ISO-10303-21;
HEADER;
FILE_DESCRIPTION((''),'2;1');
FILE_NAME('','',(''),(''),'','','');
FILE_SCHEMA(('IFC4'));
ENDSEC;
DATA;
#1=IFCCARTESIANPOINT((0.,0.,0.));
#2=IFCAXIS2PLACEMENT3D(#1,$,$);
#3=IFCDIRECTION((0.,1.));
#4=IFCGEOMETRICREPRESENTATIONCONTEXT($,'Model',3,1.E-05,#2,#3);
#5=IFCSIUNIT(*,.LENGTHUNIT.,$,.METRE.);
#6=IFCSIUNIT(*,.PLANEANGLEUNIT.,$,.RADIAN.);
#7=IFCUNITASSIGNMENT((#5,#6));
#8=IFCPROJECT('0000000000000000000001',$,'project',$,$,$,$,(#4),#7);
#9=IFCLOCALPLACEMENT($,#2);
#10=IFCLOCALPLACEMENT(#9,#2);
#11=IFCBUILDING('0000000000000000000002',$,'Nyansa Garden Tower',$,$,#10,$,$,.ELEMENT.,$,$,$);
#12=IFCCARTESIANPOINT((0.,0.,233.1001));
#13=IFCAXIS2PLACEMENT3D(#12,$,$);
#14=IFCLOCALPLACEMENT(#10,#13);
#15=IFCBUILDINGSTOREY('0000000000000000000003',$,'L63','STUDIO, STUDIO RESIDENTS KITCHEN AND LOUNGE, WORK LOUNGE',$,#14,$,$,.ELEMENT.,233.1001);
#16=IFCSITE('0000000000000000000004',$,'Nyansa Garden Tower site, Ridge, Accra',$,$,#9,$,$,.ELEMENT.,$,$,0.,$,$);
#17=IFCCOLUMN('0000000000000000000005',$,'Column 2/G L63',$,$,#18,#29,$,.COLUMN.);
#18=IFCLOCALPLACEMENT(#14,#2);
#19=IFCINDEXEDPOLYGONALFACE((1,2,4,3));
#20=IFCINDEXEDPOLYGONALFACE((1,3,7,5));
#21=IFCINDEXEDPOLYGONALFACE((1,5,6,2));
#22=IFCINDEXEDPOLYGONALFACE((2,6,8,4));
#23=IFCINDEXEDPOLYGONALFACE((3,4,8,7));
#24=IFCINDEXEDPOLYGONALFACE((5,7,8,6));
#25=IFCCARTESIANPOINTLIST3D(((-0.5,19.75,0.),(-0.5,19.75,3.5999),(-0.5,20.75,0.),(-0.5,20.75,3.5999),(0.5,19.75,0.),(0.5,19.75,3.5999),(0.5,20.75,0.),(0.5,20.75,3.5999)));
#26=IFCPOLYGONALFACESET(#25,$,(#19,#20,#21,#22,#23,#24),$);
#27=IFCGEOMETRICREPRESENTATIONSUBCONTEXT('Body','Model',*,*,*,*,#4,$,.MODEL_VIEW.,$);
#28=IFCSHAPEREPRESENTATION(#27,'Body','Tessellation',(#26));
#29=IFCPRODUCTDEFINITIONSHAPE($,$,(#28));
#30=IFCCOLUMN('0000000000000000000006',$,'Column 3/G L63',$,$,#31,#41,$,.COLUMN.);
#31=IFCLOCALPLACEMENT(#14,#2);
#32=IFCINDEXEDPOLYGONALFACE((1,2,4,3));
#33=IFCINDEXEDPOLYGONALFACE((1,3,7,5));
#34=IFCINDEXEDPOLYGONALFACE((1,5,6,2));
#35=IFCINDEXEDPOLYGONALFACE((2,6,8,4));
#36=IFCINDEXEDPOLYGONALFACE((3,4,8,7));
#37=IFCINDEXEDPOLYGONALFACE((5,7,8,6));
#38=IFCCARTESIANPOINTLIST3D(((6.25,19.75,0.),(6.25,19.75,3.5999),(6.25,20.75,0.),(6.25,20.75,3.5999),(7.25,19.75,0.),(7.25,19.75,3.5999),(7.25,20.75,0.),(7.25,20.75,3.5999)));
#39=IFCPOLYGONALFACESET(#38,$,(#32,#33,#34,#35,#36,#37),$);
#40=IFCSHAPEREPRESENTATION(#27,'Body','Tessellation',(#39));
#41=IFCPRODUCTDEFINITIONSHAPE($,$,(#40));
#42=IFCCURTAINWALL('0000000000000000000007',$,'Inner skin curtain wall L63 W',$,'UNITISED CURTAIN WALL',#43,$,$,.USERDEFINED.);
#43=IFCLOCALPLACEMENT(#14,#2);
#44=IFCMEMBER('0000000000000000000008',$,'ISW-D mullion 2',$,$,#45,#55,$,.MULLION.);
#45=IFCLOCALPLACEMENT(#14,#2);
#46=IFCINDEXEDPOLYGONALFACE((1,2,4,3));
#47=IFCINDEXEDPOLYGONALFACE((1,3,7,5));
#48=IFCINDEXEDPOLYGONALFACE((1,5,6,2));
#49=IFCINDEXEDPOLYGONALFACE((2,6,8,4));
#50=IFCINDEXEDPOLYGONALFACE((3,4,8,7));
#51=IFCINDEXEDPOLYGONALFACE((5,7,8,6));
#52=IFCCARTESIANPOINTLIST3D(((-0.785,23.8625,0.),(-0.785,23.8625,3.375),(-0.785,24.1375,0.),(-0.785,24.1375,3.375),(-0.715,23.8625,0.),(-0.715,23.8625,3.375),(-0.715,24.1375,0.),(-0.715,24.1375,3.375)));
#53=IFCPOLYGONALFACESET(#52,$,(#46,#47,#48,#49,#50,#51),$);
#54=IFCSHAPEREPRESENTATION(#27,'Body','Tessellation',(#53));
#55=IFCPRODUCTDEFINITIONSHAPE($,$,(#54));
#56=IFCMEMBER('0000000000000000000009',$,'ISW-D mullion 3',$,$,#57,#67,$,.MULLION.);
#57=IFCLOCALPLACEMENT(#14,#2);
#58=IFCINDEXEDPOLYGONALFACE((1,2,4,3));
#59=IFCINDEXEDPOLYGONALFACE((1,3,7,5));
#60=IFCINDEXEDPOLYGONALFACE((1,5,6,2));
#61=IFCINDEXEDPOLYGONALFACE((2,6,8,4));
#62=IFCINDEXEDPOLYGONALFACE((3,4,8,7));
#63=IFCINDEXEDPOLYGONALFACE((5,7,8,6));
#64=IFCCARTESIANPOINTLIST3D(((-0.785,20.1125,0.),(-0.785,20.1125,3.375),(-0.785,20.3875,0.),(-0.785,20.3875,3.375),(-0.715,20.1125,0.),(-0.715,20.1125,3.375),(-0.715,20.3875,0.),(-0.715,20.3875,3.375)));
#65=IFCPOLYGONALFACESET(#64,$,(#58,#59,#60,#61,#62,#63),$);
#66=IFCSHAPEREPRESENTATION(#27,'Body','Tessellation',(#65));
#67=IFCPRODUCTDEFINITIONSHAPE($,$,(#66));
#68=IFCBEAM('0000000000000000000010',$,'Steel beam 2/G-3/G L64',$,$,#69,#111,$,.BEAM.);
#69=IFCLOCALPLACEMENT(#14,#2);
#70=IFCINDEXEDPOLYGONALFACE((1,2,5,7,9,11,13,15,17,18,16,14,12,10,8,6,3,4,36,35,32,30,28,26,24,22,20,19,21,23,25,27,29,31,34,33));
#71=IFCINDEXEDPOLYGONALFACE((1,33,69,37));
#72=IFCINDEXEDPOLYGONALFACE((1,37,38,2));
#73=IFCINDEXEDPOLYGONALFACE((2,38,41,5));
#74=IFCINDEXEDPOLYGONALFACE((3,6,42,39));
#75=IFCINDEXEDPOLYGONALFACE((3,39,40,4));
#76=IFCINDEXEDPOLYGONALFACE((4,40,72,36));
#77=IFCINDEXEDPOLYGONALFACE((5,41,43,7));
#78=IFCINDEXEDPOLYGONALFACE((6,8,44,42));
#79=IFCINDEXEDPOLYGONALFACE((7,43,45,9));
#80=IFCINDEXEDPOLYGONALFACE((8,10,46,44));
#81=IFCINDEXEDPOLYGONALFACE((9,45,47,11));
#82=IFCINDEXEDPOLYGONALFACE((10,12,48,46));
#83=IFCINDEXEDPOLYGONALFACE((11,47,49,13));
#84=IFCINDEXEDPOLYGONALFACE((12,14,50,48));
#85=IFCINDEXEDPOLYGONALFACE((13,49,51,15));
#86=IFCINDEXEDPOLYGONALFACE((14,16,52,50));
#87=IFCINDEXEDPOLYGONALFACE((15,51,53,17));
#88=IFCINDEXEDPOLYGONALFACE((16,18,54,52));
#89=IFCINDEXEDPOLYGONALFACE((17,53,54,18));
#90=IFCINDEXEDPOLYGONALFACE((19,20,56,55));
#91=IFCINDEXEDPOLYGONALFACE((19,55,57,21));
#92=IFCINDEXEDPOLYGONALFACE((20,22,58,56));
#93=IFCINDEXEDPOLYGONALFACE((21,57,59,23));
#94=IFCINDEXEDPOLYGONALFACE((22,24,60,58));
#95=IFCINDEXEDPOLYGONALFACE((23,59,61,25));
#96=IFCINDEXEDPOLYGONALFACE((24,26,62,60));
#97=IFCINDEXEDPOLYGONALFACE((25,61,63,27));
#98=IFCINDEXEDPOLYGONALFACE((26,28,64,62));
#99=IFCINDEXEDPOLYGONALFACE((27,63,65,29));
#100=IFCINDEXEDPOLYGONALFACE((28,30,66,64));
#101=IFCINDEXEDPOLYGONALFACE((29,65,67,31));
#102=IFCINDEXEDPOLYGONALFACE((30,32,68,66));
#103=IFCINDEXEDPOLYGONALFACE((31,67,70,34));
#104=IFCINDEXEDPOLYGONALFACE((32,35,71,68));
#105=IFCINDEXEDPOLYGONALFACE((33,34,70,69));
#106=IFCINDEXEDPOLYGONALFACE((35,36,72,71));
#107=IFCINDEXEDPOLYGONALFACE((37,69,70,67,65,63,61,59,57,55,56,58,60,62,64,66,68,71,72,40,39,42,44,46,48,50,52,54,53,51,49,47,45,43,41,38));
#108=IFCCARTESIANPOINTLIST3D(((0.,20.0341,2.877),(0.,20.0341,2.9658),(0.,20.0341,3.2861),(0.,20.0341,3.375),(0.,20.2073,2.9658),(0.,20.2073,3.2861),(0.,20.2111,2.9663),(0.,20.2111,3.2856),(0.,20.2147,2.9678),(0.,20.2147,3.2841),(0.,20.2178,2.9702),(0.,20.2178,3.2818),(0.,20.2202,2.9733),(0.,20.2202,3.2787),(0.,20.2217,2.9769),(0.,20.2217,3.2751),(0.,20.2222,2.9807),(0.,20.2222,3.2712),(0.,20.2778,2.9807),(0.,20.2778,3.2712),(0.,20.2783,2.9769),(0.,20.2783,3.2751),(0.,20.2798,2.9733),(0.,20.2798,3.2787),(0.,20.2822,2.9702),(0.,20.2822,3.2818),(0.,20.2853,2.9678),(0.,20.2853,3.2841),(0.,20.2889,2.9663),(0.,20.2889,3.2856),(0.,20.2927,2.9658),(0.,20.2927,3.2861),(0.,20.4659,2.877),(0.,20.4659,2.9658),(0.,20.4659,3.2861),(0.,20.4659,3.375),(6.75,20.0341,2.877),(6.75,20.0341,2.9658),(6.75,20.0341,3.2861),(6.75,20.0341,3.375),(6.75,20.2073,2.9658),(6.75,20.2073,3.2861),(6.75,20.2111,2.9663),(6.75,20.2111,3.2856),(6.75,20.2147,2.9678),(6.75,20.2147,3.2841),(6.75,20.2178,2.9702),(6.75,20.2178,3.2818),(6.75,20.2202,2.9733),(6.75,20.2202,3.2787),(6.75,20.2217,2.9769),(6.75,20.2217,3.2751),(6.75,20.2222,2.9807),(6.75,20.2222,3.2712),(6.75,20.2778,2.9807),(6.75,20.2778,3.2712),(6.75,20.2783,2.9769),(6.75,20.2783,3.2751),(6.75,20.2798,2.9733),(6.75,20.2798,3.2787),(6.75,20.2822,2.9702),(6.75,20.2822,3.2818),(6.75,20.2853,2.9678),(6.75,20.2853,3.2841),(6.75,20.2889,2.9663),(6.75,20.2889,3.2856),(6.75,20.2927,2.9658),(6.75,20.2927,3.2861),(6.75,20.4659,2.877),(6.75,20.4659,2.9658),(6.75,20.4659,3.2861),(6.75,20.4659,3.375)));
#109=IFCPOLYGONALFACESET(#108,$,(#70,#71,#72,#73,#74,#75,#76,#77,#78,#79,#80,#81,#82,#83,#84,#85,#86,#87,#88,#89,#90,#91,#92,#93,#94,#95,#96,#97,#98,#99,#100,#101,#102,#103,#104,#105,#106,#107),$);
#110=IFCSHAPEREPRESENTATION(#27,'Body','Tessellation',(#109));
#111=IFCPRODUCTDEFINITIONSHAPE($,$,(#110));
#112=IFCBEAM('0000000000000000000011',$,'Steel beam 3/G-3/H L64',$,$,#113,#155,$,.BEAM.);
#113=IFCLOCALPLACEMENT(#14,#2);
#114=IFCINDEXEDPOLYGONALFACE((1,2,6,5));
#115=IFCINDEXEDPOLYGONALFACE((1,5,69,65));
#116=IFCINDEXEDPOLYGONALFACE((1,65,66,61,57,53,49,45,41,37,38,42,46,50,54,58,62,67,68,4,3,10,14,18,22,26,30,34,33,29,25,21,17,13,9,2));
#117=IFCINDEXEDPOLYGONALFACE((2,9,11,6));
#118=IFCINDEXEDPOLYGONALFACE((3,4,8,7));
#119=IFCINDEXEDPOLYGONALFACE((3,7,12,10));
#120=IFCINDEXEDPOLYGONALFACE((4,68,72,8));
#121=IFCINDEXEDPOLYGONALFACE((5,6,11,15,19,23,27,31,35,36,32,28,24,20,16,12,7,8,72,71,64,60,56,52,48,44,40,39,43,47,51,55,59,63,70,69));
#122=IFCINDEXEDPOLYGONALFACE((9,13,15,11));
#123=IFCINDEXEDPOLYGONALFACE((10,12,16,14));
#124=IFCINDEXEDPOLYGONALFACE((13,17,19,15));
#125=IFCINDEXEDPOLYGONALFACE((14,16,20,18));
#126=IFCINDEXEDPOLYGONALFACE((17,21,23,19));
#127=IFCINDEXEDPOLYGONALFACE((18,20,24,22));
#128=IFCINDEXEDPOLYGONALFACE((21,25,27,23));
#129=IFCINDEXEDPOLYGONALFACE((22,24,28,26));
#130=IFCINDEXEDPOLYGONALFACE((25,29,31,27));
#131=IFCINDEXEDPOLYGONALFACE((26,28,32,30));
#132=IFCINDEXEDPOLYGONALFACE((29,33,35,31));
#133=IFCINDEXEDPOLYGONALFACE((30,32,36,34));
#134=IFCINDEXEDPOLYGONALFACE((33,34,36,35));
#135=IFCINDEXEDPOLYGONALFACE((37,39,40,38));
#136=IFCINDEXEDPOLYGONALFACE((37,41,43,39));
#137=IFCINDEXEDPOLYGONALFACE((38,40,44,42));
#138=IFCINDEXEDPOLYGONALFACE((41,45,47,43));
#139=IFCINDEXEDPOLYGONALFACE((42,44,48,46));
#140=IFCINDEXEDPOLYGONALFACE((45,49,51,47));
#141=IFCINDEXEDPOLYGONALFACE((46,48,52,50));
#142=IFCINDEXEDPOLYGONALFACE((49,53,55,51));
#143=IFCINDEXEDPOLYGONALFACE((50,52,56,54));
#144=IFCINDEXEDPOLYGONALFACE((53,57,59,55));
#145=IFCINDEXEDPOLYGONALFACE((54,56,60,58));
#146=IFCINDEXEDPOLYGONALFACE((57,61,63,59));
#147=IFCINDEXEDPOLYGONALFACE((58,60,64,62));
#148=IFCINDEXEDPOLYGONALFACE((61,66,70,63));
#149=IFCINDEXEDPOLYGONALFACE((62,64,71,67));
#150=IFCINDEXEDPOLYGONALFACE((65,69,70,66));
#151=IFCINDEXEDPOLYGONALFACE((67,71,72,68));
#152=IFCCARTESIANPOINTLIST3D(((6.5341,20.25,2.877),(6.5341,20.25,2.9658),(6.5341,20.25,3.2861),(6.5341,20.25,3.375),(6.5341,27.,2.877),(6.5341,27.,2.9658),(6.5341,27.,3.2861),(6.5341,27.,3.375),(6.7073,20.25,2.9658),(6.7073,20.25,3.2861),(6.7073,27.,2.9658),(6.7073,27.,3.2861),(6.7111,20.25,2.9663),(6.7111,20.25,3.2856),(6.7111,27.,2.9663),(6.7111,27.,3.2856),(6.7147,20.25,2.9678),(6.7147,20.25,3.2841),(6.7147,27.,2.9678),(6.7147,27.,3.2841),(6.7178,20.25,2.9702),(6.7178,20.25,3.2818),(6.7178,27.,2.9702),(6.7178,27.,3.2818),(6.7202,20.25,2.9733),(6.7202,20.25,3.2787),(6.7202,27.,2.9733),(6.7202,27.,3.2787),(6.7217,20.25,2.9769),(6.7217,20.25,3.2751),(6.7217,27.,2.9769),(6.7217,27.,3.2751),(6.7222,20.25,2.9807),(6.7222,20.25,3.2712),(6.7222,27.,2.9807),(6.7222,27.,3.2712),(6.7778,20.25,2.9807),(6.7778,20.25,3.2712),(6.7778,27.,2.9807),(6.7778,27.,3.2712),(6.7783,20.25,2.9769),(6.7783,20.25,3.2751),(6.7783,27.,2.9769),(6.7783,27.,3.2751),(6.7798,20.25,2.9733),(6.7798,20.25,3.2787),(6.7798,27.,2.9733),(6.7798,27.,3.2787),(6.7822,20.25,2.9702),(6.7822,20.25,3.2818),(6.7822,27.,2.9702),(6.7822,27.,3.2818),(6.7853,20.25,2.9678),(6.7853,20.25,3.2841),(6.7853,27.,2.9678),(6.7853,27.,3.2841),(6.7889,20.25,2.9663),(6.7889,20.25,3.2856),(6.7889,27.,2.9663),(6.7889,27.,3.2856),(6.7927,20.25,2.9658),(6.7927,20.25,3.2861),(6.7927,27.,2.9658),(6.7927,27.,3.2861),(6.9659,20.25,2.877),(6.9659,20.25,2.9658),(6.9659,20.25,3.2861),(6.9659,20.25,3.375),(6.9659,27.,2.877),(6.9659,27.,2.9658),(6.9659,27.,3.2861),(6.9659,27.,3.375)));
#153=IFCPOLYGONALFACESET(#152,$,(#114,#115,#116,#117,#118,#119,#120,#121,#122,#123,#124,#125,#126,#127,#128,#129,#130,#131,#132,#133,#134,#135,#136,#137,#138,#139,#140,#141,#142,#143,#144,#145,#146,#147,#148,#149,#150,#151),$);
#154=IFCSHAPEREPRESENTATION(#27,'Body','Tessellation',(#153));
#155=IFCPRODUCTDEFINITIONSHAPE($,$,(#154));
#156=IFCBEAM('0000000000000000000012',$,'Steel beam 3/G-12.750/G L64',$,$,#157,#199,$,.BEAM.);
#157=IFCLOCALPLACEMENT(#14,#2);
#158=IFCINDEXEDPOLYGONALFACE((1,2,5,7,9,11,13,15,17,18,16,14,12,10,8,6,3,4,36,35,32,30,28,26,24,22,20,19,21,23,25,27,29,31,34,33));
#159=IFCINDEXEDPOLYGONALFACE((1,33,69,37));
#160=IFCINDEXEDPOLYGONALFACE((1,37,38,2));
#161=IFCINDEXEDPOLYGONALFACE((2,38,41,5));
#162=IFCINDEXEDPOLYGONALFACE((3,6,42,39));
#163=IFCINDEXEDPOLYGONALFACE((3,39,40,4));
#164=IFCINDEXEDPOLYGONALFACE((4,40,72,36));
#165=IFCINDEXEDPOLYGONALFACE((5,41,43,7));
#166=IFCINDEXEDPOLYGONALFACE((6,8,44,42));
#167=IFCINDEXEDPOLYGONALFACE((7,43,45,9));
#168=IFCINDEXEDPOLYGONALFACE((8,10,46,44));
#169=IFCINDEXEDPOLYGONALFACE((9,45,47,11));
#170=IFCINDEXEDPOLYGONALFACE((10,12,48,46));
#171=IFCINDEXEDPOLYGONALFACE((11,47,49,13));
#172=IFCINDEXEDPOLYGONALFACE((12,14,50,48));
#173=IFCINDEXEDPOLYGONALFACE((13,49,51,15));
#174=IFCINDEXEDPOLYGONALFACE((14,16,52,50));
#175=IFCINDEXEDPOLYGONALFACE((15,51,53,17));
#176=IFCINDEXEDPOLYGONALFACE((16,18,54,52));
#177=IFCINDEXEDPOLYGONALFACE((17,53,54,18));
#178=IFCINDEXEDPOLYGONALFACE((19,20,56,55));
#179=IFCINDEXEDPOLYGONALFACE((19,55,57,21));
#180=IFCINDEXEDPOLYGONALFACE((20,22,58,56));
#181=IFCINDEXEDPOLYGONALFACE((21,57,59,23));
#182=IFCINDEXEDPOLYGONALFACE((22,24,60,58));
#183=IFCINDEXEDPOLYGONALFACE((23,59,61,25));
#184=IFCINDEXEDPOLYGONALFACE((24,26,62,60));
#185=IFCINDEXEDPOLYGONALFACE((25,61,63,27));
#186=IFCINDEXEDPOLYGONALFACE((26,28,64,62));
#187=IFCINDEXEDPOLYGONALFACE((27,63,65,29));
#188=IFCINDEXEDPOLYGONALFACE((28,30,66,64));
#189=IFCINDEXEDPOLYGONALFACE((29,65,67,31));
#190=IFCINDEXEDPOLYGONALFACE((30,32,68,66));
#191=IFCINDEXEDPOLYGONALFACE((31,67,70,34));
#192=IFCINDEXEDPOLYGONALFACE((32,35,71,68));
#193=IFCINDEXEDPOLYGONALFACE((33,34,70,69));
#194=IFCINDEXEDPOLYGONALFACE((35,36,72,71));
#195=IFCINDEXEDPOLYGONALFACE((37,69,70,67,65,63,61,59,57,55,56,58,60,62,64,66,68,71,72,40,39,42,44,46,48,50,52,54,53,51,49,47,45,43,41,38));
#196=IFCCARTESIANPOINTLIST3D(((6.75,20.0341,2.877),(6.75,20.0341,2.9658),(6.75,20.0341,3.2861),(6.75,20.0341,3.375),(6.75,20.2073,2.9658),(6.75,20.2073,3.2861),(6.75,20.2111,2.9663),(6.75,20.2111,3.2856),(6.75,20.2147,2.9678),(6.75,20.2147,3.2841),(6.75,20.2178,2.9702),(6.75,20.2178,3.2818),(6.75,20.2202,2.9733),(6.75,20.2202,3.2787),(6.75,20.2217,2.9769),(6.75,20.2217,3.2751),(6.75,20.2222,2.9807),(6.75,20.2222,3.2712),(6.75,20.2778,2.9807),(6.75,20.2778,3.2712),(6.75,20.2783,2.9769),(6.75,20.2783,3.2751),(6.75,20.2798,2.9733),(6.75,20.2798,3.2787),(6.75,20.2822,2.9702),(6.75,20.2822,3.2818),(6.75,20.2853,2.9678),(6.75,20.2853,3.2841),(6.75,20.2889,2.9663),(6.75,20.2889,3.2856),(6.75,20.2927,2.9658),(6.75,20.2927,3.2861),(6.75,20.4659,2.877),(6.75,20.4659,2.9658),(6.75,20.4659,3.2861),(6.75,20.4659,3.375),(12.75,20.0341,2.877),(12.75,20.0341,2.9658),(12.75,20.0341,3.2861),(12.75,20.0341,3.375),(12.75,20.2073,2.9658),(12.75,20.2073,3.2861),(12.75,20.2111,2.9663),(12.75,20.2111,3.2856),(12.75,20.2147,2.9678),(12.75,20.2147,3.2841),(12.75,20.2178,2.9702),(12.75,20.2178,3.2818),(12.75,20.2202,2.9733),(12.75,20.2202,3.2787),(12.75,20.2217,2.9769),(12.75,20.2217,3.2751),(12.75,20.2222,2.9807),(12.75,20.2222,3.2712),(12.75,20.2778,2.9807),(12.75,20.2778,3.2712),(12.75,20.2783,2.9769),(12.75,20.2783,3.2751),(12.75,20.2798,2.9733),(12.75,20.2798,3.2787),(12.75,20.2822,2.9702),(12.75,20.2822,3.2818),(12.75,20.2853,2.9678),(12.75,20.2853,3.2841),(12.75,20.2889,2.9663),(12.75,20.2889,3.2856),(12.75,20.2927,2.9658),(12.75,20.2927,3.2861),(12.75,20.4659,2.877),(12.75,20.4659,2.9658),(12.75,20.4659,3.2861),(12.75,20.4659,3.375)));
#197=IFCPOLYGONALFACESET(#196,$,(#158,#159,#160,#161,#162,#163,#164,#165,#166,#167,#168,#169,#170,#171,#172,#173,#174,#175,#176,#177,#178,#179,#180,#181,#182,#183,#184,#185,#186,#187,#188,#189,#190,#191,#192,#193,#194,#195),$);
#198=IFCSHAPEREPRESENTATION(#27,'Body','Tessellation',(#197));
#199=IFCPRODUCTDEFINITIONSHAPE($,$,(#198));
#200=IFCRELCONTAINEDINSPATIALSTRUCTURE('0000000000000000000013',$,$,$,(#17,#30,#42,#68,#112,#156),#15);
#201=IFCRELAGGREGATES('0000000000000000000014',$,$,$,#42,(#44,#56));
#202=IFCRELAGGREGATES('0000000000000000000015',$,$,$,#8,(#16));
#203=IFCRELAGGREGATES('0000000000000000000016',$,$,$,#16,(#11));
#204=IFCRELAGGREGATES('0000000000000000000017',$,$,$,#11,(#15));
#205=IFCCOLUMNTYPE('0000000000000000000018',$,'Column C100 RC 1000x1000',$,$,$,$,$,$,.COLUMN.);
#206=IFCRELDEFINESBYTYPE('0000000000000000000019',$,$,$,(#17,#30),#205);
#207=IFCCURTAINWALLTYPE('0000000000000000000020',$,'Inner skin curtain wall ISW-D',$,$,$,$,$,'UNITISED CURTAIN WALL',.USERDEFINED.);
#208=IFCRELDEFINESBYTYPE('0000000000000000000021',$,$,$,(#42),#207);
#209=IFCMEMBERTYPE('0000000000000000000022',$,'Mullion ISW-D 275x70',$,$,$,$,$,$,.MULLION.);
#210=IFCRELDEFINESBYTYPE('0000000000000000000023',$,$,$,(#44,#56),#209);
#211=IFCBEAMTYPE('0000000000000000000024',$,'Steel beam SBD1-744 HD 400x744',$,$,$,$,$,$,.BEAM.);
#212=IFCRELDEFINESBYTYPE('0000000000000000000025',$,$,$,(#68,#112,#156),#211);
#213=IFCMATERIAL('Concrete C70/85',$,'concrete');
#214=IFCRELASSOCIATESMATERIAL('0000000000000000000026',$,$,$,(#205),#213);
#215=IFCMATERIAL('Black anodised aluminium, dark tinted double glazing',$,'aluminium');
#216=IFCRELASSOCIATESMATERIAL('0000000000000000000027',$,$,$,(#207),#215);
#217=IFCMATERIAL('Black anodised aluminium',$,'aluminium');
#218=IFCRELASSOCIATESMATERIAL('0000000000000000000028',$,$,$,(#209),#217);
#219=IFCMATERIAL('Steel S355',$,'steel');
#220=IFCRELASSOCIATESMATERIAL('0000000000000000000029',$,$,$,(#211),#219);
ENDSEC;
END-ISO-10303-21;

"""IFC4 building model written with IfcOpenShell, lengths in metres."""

from ifc_helpers import new_model, si_unit, direction, frame, origin, origin_2d, place, context, subcontext, project, spatial, rectangle, i_section, extrude, material, material_profile, profile_set, type_object, element, aggregate, save


model = new_model("IFC4")

# Units and contexts
model_context = context("Model", 3, precision=1e-05, world=origin(), true_north=direction((0.0, 1.0)))
body_context = subcontext(model_context, "Body", "Model", "MODEL_VIEW")
ifc_project = project(units=[si_unit("LENGTHUNIT", "METRE"), si_unit("PLANEANGLEUNIT", "RADIAN")], contexts=[model_context])

# Site, building, storey
site_placement = place(None, origin())
site = spatial("IfcSite", under=ifc_project, at=site_placement, Name="Nyansa Garden Tower site, Ridge, Accra", CompositionType="ELEMENT", RefElevation=0.0)
building_placement = place(site_placement, origin())
building = spatial("IfcBuilding", under=site, at=building_placement, Name="Nyansa Garden Tower", CompositionType="ELEMENT")
storey_placement = place(building_placement, frame((0.0, 0.0, 233.1001)))
storey = spatial("IfcBuildingStorey", under=building, at=storey_placement, Name="L63", Description="STUDIO, STUDIO RESIDENTS KITCHEN AND LOUNGE, WORK LOUNGE", CompositionType="ELEMENT", Elevation=233.1001)

# Columns
ifc_material_1 = material(Name="Concrete C70/85", Category="concrete")
ifc_material_profile_1 = material_profile(ifc_material_1, rectangle(XDim=1.0, YDim=1.0, at=origin_2d()), Name="RC 1000x1000")
ifc_profile_set_1 = profile_set([ifc_material_profile_1], Name="Concrete C70/85")
column_type = type_object("IfcColumnType", Name="Column C100 RC 1000x1000", PredefinedType="COLUMN", material=ifc_profile_set_1)
for number, where, z_axis, x_axis, name in (
    (1, (0.0, 20.25, 0.0), (0.0, 0.0, 1.0), (1.0, 0.0, 0.0), "Column 2/G L63"),
    (2, (6.75, 20.25, 0.0), (0.0, 0.0, 1.0), (1.0, 0.0, 0.0), "Column 3/G L63"),
):
    element("IfcColumn", number, at=place(storey_placement, frame(where, z_axis=z_axis, x_axis=x_axis)), inside=storey, type_object=column_type, Name=name, PredefinedType="COLUMN", context=body_context, shape_type="SweptSolid", body=[
        extrude(rectangle(XDim=1.0, YDim=1.0, at=origin_2d()), origin(), (0.0, 0.0, 1.0), 3.5999),
    ])

# Curtain wall, members
ifc_material_2 = material(Name="Black anodised aluminium, dark tinted double glazing", Category="aluminium")
curtain_wall_type = type_object("IfcCurtainWallType", Name="Inner skin curtain wall ISW-D", ElementType="UNITISED CURTAIN WALL", PredefinedType="USERDEFINED", material=ifc_material_2)
curtain_wall_placement = place(storey_placement, origin())
curtain_wall = element("IfcCurtainWall", 3, at=curtain_wall_placement, inside=storey, type_object=curtain_wall_type, Name="Inner skin curtain wall L63 W", ObjectType="UNITISED CURTAIN WALL", PredefinedType="USERDEFINED")
ifc_material_3 = material(Name="Black anodised aluminium", Category="aluminium")
ifc_material_profile_2 = material_profile(ifc_material_3, rectangle(XDim=0.0701, YDim=0.2749, at=origin_2d()), Name="Mullion 275x70")
ifc_profile_set_2 = profile_set([ifc_material_profile_2], Name="Black anodised aluminium")
member_type_1 = type_object("IfcMemberType", Name="Mullion ISW-D 275x70", PredefinedType="MULLION", material=ifc_profile_set_2)
member_1_placement = place(storey_placement, frame((-0.75, 24.0, 0.0), z_axis=(0.0, 0.0, 1.0), x_axis=(1.0, 0.0, 0.0)))
member_1 = element("IfcMember", 4, at=member_1_placement, type_object=member_type_1, Name="ISW-D mullion 2", PredefinedType="MULLION", context=body_context, shape_type="SweptSolid", body=[
    extrude(rectangle(XDim=0.0701, YDim=0.2749, at=origin_2d()), origin(), (0.0, 0.0, 1.0), 3.375),
])
member_2_placement = place(storey_placement, frame((-0.75, 20.25, 0.0), z_axis=(0.0, 0.0, 1.0), x_axis=(1.0, 0.0, 0.0)))
member_2 = element("IfcMember", 5, at=member_2_placement, type_object=member_type_1, Name="ISW-D mullion 3", PredefinedType="MULLION", context=body_context, shape_type="SweptSolid", body=[
    extrude(rectangle(XDim=0.0701, YDim=0.2749, at=origin_2d()), origin(), (0.0, 0.0, 1.0), 3.375),
])

# Beams
ifc_material_4 = material(Name="Steel S355", Category="steel")
ifc_material_profile_3 = material_profile(ifc_material_4, i_section(OverallWidth=0.4319, OverallDepth=0.498, WebThickness=0.0557, FlangeThickness=0.0889, FilletRadius=0.0149, at=origin_2d()), Name="HD 400x744")
ifc_profile_set_3 = profile_set([ifc_material_profile_3], Name="Steel S355")
beam_type_1 = type_object("IfcBeamType", Name="Steel beam SBD1-744 HD 400x744", PredefinedType="BEAM", material=ifc_profile_set_3)
for number, where, z_axis, x_axis, name in (
    (6, (0.0, 20.25, 3.126), (1.0, 0.0, 0.0), (0.0, 1.0, 0.0), "Steel beam 2/G-3/G L64"),
    (7, (6.75, 20.25, 3.126), (0.0, 1.0, 0.0), (-1.0, 0.0, 0.0), "Steel beam 3/G-3/H L64"),
):
    element("IfcBeam", number, at=place(storey_placement, frame(where, z_axis=z_axis, x_axis=x_axis)), inside=storey, type_object=beam_type_1, Name=name, PredefinedType="BEAM", context=body_context, shape_type="SweptSolid", body=[
        extrude(i_section(OverallWidth=0.4319, OverallDepth=0.498, WebThickness=0.0557, FlangeThickness=0.0889, FilletRadius=0.0149, at=origin_2d()), origin(), (0.0, 0.0, 1.0), 6.75),
    ])
beam_1_placement = place(storey_placement, frame((6.75, 20.25, 3.126), z_axis=(1.0, 0.0, 0.0), x_axis=(0.0, 1.0, 0.0)))
element("IfcBeam", 8, at=beam_1_placement, inside=storey, type_object=beam_type_1, Name="Steel beam 3/G-12.750/G L64", PredefinedType="BEAM", context=body_context, shape_type="SweptSolid", body=[
    extrude(i_section(OverallWidth=0.4319, OverallDepth=0.498, WebThickness=0.0557, FlangeThickness=0.0889, FilletRadius=0.0149, at=origin_2d()), origin(), (0.0, 0.0, 1.0), 6.0),
])

aggregate(curtain_wall, [member_1, member_2])

save(model, "model.ifc")
